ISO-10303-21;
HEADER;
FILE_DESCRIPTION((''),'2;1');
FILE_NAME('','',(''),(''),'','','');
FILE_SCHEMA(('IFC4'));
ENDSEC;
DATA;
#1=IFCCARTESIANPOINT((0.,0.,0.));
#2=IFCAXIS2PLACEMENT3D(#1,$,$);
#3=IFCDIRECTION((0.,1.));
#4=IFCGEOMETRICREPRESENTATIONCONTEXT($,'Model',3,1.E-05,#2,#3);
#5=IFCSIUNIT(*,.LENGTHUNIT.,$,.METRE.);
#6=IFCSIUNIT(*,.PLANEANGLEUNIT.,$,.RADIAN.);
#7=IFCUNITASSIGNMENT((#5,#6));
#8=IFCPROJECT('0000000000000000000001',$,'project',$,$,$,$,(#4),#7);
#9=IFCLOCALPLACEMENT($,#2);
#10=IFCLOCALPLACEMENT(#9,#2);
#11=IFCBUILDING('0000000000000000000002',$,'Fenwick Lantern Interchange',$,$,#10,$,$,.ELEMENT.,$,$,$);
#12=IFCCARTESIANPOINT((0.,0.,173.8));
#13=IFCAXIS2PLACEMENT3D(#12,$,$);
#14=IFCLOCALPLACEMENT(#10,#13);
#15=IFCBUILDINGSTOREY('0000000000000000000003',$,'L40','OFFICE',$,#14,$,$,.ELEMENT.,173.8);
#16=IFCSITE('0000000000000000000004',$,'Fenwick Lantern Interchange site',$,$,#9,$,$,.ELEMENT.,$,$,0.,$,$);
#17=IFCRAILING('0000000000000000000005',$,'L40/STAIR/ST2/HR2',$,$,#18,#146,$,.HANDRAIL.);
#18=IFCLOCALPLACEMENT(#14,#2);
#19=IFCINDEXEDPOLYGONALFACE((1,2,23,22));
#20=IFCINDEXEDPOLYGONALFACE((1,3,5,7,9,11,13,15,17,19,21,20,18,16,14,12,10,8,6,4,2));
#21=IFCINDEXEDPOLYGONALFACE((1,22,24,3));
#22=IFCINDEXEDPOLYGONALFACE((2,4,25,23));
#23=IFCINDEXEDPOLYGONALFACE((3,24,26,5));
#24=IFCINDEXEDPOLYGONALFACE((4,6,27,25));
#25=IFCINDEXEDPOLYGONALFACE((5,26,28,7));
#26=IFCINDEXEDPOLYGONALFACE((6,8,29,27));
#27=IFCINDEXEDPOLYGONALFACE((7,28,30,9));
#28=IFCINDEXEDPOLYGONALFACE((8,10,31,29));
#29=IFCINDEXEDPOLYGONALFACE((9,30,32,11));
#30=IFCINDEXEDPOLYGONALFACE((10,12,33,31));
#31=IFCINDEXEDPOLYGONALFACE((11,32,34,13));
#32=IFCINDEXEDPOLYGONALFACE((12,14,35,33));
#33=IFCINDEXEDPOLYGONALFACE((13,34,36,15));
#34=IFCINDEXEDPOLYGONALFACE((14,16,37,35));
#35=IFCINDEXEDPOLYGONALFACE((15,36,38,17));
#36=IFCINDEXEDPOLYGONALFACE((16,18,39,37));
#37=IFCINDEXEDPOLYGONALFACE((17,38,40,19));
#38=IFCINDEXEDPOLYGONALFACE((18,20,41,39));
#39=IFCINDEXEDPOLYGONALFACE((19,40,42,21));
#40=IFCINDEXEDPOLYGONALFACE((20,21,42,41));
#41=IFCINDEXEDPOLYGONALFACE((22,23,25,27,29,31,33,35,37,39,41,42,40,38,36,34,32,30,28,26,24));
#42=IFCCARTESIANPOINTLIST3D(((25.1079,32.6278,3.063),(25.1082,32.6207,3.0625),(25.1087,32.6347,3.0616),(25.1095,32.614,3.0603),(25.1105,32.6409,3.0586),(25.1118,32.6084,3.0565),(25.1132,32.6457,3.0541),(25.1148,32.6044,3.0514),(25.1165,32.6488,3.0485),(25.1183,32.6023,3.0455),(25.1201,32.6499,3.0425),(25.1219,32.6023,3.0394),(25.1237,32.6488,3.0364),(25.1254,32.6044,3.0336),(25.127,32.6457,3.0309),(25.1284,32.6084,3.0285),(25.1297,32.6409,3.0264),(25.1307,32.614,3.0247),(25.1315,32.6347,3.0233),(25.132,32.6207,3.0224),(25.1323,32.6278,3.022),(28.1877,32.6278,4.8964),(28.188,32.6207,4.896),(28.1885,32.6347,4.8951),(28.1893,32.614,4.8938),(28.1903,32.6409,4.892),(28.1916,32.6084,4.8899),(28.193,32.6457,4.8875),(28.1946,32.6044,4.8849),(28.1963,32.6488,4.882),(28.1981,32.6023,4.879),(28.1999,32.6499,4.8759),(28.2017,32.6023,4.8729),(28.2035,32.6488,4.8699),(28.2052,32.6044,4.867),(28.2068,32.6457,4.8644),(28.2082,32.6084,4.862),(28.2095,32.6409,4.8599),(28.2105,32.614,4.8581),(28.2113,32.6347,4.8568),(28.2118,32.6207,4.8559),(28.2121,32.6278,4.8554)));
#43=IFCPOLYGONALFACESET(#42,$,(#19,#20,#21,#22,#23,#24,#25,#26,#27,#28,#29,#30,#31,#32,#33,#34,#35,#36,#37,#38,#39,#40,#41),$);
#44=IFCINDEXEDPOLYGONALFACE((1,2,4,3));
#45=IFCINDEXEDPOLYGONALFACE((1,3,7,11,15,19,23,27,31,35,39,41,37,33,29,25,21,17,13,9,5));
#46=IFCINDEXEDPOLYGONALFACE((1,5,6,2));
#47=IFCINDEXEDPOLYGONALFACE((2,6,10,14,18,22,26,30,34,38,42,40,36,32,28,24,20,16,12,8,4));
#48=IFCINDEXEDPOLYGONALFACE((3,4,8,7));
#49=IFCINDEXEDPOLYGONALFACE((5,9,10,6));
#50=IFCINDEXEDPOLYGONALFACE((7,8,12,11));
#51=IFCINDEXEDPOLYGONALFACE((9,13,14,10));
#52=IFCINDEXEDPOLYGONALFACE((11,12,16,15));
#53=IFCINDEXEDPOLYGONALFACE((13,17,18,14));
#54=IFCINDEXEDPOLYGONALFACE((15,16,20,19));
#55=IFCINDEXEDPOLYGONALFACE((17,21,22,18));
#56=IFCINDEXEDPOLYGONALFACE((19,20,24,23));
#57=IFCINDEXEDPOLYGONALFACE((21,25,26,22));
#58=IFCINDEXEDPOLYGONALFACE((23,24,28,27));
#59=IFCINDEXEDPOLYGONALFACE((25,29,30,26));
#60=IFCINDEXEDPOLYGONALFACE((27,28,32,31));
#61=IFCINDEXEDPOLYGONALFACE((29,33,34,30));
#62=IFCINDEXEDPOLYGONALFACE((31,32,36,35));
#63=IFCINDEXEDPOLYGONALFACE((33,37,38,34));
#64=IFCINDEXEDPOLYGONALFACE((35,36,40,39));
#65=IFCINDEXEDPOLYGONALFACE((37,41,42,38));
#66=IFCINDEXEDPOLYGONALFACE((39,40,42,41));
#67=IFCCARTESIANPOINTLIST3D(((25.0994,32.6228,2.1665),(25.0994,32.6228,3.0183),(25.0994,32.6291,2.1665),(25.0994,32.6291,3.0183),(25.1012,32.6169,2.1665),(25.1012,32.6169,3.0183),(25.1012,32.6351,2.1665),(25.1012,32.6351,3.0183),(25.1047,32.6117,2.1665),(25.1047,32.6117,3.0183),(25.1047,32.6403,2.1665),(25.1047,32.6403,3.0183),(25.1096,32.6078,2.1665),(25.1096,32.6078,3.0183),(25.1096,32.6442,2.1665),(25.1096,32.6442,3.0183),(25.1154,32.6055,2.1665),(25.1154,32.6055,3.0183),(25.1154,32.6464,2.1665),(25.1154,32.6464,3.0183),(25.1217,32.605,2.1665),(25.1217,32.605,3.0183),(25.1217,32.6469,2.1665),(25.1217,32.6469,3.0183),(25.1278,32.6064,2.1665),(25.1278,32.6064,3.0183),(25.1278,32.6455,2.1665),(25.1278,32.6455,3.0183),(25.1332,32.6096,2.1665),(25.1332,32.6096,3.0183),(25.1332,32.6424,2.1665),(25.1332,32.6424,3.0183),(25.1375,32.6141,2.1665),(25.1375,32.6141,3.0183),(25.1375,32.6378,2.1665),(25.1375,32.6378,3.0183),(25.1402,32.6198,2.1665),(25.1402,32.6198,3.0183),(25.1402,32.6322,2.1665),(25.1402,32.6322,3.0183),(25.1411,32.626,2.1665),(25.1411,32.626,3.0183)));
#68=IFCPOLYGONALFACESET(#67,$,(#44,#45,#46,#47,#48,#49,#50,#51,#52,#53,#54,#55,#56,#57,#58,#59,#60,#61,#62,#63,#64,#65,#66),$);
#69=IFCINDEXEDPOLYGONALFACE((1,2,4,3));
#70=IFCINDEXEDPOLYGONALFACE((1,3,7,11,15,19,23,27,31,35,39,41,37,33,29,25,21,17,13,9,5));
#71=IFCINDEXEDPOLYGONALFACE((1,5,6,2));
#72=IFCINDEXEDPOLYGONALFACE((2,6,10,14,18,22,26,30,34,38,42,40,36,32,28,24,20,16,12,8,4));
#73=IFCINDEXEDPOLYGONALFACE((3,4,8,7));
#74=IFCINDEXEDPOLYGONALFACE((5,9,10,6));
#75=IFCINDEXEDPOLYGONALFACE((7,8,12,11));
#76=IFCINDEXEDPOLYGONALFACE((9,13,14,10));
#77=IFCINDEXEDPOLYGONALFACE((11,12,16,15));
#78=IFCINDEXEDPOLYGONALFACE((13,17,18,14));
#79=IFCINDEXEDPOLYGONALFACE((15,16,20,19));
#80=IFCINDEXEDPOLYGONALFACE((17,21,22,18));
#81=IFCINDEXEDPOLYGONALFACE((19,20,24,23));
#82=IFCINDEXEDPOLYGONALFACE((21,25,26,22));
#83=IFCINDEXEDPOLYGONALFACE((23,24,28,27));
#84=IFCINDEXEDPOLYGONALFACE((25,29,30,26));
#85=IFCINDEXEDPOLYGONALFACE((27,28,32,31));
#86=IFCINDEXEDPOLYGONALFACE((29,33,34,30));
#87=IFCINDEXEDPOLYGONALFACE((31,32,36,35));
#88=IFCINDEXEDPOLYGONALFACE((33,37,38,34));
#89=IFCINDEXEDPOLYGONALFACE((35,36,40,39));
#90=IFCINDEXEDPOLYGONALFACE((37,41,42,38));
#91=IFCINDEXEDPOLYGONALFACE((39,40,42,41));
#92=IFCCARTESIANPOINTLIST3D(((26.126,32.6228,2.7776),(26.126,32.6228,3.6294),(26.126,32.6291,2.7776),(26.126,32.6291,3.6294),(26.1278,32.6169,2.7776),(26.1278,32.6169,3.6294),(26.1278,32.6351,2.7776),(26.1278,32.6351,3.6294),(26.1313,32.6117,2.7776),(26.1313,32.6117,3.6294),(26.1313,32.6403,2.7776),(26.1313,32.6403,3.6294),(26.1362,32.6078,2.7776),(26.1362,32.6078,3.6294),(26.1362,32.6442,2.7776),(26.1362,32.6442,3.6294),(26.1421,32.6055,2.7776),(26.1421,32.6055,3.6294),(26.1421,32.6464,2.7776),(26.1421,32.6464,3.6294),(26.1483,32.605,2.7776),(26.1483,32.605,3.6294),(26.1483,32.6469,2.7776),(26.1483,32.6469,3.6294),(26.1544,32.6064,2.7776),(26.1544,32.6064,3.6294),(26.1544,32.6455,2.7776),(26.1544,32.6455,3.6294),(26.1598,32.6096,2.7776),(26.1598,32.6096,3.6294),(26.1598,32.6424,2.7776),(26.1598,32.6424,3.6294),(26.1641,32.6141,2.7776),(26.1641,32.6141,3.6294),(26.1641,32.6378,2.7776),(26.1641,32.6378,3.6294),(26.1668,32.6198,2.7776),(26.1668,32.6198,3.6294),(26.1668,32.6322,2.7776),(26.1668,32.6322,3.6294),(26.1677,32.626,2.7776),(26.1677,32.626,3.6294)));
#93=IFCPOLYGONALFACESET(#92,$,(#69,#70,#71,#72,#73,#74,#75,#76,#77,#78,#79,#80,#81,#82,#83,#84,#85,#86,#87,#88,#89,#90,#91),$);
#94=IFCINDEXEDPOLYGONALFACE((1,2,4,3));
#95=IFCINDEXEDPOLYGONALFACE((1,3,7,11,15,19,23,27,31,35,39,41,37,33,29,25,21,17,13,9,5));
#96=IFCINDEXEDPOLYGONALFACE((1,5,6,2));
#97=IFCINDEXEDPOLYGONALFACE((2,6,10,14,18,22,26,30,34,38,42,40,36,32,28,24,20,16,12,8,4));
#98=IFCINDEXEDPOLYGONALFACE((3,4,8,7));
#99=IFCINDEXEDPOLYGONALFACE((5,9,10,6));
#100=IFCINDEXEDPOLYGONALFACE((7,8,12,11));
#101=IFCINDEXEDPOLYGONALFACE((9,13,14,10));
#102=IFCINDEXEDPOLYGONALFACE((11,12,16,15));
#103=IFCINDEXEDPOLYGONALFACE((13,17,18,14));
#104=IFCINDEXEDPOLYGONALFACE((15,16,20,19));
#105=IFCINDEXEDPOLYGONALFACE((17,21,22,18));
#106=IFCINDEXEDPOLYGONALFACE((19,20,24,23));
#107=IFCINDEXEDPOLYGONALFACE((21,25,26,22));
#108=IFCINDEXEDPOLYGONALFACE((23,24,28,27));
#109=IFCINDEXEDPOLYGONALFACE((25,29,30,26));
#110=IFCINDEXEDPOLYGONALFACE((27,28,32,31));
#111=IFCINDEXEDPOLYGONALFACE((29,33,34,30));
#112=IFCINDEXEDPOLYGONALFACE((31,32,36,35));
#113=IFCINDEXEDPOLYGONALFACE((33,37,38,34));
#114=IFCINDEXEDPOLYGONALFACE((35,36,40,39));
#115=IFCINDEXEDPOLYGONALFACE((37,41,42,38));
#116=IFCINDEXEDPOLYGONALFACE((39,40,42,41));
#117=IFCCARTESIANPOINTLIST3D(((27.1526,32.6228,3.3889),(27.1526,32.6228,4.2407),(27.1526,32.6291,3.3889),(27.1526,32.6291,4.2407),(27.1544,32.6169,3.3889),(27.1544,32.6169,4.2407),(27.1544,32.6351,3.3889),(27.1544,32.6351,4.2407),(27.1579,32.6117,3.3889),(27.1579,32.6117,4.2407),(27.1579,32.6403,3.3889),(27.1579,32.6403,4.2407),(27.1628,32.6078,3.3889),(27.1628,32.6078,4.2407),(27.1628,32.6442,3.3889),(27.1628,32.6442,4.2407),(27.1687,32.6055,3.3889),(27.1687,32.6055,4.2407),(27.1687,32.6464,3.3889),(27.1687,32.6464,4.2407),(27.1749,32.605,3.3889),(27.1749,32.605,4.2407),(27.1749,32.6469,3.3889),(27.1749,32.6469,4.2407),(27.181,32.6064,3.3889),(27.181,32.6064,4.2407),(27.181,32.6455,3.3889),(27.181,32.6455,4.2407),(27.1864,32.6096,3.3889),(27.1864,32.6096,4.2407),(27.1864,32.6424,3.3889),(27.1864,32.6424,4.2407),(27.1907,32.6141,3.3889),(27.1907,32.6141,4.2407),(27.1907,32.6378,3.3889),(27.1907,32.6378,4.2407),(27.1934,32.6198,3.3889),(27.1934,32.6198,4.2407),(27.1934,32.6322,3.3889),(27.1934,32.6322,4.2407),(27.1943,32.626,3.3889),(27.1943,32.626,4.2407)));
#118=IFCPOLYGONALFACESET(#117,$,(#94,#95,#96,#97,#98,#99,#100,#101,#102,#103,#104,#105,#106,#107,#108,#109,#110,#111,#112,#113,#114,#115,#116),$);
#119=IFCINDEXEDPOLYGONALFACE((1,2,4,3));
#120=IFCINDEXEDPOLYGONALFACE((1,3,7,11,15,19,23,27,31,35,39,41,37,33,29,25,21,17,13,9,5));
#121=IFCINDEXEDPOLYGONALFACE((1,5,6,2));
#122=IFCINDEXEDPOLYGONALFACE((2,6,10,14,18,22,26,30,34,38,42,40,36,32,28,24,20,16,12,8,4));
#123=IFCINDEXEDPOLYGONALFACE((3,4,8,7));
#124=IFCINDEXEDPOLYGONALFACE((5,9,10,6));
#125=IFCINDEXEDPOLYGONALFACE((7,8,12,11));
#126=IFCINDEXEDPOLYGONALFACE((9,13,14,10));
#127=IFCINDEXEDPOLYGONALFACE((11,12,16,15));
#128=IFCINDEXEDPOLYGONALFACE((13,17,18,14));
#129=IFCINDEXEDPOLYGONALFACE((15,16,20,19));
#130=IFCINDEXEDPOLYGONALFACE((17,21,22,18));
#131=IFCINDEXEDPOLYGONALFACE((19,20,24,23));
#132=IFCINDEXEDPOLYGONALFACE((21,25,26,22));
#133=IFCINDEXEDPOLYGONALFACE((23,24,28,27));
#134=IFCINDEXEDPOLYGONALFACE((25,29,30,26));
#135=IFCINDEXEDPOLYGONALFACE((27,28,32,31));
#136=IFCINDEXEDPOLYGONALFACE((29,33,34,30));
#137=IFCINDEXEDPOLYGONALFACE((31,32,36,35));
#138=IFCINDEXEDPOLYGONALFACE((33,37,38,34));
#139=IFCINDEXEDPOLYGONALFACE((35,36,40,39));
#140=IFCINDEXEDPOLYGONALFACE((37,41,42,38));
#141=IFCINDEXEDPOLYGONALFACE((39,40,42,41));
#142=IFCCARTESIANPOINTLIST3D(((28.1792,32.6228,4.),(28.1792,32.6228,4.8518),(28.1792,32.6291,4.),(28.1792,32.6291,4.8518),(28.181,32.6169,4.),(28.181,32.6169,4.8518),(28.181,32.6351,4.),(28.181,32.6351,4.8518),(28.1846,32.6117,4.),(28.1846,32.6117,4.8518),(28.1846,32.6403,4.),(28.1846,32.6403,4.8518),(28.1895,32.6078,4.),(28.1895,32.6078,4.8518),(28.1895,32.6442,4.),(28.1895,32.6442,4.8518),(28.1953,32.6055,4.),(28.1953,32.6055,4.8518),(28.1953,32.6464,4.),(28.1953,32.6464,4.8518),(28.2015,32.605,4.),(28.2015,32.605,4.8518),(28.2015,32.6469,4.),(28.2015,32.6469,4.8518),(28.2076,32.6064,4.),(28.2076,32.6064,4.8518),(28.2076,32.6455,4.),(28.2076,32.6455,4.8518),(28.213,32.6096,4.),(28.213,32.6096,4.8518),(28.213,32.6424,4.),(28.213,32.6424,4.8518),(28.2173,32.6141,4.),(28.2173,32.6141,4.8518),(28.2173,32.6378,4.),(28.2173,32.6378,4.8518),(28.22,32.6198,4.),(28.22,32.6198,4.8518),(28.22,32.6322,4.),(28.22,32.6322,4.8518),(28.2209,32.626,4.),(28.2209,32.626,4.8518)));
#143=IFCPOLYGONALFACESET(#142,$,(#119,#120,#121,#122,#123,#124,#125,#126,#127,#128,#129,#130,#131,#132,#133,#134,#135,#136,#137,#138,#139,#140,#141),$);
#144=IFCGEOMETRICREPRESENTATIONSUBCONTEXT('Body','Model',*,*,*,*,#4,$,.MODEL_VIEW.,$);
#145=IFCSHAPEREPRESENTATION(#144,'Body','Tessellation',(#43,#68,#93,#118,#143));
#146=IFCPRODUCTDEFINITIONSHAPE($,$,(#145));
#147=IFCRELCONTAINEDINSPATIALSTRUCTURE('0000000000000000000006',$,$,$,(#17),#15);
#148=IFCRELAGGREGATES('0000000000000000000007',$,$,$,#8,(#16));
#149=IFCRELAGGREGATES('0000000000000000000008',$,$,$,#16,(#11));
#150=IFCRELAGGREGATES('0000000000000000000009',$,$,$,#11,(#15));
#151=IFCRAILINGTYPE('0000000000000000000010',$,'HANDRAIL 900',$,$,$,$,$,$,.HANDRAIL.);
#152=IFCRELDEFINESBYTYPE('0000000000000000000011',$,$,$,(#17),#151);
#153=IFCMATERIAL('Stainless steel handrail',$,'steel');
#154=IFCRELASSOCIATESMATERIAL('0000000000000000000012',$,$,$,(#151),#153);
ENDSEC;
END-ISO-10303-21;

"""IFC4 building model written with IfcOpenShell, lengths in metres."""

from ifc_helpers import new_model, si_unit, direction, frame, origin, origin_2d, place, context, subcontext, project, spatial, circle, extrude, material, type_object, element, save


model = new_model("IFC4")

# Units and contexts
model_context = context("Model", 3, precision=1e-05, world=origin(), true_north=direction((0.0, 1.0)))
body_context = subcontext(model_context, "Body", "Model", "MODEL_VIEW")
ifc_project = project(units=[si_unit("LENGTHUNIT", "METRE"), si_unit("PLANEANGLEUNIT", "RADIAN")], contexts=[model_context])

# Site, building, storey
site_placement = place(None, origin())
site = spatial("IfcSite", under=ifc_project, at=site_placement, Name="Fenwick Lantern Interchange site", CompositionType="ELEMENT", RefElevation=0.0)
building_placement = place(site_placement, origin())
building = spatial("IfcBuilding", under=site, at=building_placement, Name="Fenwick Lantern Interchange", CompositionType="ELEMENT")
storey_placement = place(building_placement, frame((0.0, 0.0, 173.8)))
storey = spatial("IfcBuildingStorey", under=building, at=storey_placement, Name="L40", Description="OFFICE", CompositionType="ELEMENT", Elevation=173.8)

# Railing
ifc_material_1 = material(Name="Stainless steel handrail", Category="steel")
railing_type = type_object("IfcRailingType", Name="HANDRAIL 900", PredefinedType="HANDRAIL", material=ifc_material_1)
railing_1_placement = place(storey_placement, frame((25.1201, 32.626, 2.1665)))
element("IfcRailing", 1, at=railing_1_placement, inside=storey, type_object=railing_type, Name="L40/STAIR/ST2/HR2", PredefinedType="HANDRAIL", context=body_context, shape_type="SweptSolid", body=[
    extrude(circle(Radius=0.0239, at=origin_2d()), frame((0.0, 0.0, 0.876), z_axis=(0.859261, 0.0, 0.511538), x_axis=(0.0, 1.0, 0.0)), (0.0, 0.0, 1.0), 3.5842),
    extrude(circle(Radius=0.021, at=origin_2d()), origin(), (0.0, 0.0, 1.0), 0.8518),
    extrude(circle(Radius=0.021, at=origin_2d()), frame((1.0266, 0.0, 0.6111)), (0.0, 0.0, 1.0), 0.8518),
    extrude(circle(Radius=0.021, at=origin_2d()), frame((2.0532, 0.0, 1.2224)), (0.0, 0.0, 1.0), 0.8518),
    extrude(circle(Radius=0.021, at=origin_2d()), frame((3.0798, 0.0, 1.8335)), (0.0, 0.0, 1.0), 0.8518),
])

save(model, "model.ifc")
